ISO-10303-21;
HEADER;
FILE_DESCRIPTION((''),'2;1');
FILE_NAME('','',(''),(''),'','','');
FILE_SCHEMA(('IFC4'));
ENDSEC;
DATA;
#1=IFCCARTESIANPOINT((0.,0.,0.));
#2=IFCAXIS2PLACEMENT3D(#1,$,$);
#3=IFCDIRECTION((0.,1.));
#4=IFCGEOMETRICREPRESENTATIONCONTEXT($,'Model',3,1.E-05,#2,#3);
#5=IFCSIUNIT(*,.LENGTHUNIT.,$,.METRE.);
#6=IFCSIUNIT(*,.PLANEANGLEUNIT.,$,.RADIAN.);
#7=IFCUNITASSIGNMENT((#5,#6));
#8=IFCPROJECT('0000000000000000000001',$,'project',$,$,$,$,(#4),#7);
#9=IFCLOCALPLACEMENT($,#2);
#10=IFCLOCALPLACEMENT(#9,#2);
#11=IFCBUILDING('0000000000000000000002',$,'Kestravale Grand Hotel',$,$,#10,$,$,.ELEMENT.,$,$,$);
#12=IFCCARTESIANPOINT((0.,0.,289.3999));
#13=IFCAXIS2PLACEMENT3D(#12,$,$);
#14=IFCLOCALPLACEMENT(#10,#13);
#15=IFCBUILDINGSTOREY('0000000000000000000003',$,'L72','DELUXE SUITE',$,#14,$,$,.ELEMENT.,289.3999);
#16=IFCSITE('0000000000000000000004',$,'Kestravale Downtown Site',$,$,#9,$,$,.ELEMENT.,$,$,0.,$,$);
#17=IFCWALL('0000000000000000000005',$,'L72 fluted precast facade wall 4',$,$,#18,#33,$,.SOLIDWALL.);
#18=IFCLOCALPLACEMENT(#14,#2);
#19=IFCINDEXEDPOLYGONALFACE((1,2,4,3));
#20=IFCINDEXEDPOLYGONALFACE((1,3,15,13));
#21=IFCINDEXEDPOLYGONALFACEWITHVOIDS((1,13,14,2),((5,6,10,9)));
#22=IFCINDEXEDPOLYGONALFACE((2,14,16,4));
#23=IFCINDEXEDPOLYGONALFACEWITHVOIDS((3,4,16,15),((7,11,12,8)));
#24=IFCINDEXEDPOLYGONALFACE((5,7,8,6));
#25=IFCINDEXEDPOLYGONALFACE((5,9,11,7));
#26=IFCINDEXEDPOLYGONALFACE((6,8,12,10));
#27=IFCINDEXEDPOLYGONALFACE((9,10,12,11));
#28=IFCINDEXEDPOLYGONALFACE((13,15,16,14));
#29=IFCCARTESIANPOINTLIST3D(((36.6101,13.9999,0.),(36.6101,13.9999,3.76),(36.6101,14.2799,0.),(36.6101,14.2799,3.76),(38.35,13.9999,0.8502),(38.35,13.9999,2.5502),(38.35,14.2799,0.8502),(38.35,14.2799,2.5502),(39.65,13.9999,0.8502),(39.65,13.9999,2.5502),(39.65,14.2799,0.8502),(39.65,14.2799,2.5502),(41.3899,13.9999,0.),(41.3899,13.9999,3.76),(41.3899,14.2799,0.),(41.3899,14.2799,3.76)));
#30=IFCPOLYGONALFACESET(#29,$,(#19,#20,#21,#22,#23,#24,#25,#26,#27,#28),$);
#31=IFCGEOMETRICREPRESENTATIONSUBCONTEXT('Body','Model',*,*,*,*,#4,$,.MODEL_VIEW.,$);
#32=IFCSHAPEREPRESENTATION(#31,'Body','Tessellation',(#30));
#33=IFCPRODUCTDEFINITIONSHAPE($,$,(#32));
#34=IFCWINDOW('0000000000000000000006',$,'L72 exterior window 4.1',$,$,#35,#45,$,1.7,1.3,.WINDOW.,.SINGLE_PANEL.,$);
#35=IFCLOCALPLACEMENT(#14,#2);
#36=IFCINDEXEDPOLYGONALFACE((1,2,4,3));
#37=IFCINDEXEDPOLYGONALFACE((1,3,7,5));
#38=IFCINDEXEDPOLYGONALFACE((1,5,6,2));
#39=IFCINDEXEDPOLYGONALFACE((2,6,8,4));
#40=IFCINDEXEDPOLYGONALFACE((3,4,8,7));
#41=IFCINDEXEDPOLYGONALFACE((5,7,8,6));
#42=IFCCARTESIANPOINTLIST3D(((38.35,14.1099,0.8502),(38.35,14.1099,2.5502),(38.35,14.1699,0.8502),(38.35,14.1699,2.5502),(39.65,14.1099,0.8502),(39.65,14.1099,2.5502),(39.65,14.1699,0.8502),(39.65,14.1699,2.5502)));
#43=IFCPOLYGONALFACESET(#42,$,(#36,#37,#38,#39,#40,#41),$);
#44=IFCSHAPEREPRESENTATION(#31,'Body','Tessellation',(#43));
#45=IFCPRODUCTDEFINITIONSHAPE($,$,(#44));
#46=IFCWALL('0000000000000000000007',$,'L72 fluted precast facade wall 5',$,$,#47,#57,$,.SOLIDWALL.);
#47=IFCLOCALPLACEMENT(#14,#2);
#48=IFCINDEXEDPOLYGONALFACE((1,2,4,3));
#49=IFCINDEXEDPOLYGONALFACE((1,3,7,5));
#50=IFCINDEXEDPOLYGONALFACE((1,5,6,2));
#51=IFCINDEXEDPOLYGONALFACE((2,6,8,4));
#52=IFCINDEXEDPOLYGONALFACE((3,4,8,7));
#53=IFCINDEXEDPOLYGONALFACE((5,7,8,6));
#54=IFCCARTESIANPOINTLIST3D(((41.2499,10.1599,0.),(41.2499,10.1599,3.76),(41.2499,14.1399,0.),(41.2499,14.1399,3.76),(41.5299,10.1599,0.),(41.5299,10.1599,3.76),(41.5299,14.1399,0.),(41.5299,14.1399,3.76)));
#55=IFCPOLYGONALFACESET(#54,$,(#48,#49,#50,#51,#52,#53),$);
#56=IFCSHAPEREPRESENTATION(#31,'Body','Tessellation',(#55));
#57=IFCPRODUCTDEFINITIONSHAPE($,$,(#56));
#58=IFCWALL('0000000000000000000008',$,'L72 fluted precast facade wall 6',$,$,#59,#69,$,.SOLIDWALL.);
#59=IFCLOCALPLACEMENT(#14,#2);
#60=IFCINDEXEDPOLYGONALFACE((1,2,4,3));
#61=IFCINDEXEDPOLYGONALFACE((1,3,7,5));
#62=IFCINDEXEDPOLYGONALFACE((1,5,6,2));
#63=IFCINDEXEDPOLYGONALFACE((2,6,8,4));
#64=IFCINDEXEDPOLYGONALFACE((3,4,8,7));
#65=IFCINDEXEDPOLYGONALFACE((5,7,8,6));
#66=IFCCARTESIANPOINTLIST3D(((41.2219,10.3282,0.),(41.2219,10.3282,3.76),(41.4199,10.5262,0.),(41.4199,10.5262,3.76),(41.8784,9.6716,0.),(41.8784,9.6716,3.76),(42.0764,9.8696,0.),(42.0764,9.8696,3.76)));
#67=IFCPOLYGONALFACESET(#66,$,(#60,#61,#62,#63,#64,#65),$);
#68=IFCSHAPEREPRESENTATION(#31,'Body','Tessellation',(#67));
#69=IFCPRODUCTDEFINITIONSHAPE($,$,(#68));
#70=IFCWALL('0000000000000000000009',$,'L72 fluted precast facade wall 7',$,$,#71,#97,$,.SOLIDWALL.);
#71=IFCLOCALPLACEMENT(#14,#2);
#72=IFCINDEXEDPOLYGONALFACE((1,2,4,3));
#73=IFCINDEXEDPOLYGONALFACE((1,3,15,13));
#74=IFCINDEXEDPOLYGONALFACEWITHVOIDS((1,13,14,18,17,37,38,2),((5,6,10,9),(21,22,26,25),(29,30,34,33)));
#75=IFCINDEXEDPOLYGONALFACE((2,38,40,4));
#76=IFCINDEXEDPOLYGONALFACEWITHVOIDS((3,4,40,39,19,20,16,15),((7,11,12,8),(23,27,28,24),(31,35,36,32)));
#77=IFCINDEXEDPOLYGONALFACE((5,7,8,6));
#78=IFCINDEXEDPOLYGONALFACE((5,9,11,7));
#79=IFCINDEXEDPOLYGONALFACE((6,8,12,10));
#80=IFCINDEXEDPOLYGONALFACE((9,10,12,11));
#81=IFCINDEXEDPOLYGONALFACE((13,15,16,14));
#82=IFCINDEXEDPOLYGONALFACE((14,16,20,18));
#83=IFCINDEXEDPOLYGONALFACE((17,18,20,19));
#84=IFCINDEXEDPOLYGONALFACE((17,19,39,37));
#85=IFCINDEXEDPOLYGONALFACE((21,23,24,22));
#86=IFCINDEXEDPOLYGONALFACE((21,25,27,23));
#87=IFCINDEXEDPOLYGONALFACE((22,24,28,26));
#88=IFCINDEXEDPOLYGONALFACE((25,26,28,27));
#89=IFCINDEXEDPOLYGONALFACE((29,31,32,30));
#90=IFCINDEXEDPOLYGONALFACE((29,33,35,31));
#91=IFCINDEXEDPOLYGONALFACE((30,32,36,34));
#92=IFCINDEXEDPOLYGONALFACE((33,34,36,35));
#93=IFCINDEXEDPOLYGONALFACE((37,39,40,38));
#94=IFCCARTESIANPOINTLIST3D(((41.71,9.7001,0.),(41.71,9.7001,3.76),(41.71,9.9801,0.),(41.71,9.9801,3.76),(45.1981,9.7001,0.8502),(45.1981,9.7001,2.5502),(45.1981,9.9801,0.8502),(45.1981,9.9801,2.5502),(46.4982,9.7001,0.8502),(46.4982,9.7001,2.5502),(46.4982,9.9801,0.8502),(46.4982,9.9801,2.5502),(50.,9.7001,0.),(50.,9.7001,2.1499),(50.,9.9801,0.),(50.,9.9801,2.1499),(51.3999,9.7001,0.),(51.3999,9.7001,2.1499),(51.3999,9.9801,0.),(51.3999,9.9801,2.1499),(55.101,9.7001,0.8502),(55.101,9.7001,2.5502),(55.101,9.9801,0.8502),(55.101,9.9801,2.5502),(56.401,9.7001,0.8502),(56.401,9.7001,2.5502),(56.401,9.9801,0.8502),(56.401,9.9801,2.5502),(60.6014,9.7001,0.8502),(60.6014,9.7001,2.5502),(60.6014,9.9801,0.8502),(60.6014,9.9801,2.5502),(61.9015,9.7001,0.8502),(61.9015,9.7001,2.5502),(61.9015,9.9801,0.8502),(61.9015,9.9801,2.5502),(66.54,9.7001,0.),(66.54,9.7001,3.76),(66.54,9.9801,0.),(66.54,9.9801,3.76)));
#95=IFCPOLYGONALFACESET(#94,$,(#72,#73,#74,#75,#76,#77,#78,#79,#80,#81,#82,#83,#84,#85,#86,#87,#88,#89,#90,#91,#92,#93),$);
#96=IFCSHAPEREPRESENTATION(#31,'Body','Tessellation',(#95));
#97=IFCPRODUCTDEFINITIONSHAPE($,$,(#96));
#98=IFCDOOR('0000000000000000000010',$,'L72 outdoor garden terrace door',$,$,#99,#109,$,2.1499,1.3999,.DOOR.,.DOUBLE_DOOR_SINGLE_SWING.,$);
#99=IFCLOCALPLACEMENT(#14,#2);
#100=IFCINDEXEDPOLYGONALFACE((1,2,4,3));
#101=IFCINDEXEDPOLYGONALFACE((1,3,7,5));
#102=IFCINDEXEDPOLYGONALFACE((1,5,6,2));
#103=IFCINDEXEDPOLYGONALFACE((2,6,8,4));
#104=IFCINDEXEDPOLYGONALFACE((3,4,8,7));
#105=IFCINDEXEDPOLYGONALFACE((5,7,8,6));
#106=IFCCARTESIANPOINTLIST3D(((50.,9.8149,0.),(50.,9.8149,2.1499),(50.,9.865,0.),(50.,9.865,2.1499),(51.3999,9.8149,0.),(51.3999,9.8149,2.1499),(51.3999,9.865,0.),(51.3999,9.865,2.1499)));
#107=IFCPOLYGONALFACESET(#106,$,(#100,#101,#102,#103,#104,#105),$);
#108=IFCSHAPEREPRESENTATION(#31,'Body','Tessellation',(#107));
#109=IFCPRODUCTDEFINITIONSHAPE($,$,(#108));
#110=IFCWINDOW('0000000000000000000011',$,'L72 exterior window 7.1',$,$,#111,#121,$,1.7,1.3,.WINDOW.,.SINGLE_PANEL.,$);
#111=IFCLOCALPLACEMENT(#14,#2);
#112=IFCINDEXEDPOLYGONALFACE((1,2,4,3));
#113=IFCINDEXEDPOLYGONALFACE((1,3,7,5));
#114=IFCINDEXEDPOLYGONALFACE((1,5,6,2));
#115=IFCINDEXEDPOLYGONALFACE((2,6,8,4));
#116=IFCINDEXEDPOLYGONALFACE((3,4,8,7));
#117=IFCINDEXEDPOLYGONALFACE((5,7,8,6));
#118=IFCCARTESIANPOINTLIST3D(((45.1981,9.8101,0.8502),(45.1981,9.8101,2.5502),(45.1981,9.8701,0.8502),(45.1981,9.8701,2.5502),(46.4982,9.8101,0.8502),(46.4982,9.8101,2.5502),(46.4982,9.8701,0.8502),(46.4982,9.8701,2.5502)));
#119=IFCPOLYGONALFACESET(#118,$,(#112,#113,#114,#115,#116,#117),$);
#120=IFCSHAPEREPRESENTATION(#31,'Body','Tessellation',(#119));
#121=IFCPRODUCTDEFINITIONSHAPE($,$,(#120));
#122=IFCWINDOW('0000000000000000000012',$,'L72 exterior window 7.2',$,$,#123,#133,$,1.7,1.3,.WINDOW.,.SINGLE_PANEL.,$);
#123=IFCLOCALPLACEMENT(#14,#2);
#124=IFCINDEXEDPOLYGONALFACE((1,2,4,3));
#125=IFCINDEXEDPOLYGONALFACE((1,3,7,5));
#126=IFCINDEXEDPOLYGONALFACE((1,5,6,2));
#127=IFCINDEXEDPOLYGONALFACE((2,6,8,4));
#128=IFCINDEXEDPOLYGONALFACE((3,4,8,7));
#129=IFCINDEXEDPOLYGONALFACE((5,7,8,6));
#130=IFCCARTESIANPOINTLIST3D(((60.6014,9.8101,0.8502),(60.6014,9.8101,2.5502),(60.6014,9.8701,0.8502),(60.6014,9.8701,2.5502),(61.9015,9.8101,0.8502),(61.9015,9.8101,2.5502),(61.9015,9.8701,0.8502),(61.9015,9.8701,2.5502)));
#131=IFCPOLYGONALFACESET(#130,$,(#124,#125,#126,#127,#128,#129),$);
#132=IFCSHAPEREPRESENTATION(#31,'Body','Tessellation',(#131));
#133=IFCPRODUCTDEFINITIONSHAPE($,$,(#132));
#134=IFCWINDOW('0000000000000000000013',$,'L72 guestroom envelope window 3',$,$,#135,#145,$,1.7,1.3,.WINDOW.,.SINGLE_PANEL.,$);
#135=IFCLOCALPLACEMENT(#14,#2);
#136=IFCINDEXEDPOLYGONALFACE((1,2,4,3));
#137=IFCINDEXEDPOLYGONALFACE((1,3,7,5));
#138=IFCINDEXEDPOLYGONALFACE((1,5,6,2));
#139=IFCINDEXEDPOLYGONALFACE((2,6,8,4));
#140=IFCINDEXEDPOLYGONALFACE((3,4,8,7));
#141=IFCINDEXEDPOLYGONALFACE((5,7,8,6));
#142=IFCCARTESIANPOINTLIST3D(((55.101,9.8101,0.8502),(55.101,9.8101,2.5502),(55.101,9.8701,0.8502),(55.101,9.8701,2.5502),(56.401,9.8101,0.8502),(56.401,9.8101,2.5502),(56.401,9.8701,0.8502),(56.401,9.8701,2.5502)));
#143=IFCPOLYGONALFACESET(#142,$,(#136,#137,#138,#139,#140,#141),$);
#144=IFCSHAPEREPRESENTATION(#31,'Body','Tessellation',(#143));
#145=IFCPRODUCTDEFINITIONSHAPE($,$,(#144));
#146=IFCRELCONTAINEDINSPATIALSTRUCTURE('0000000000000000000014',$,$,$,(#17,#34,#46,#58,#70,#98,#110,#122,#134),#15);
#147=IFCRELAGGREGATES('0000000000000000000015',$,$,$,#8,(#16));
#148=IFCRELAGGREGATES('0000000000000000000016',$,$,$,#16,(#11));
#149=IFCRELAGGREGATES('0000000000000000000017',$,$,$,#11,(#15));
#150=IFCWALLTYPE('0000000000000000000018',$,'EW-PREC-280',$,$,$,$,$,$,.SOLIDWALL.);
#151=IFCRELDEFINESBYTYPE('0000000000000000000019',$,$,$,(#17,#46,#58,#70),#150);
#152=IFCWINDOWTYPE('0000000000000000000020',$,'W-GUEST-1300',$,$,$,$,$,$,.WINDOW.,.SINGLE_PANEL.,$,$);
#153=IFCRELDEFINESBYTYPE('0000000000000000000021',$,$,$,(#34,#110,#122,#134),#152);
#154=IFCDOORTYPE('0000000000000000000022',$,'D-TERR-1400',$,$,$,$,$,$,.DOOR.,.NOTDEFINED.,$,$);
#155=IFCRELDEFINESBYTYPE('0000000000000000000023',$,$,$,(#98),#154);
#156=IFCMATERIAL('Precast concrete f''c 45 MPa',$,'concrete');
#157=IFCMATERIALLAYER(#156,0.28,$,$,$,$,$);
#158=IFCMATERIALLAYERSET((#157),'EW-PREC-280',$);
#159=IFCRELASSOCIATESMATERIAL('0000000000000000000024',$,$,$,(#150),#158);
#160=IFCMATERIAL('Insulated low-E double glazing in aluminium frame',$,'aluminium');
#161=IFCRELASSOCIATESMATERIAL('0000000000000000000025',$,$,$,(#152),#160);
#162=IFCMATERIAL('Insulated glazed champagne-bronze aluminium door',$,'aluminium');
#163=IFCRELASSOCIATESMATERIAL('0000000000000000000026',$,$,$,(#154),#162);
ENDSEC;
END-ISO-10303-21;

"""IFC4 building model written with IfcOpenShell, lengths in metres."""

from ifc_helpers import new_model, si_unit, direction, frame, frame_2d, origin, place, context, subcontext, project, spatial, rectangle, extrude, material, layer, layer_set, type_object, element, fill, save


model = new_model("IFC4")

# Units and contexts
model_context = context("Model", 3, precision=1e-05, world=origin(), true_north=direction((0.0, 1.0)))
body_context = subcontext(model_context, "Body", "Model", "MODEL_VIEW")
ifc_project = project(units=[si_unit("LENGTHUNIT", "METRE"), si_unit("PLANEANGLEUNIT", "RADIAN")], contexts=[model_context])

# Site, building, storey
site_placement = place(None, origin())
site = spatial("IfcSite", under=ifc_project, at=site_placement, Name="Kestravale Downtown Site", CompositionType="ELEMENT", RefElevation=0.0)
building_placement = place(site_placement, origin())
building = spatial("IfcBuilding", under=site, at=building_placement, Name="Kestravale Grand Hotel", CompositionType="ELEMENT")
storey_placement = place(building_placement, frame((0.0, 0.0, 289.3999)))
storey = spatial("IfcBuildingStorey", under=building, at=storey_placement, Name="L72", Description="DELUXE SUITE", CompositionType="ELEMENT", Elevation=289.3999)

# Wall, opening, window
ifc_material_1 = material(Name="Precast concrete f'c 45 MPa", Category="concrete")
ifc_layer_1 = layer(ifc_material_1, 0.28)
ifc_layer_set_1 = layer_set([ifc_layer_1], Name="EW-PREC-280")
wall_type_1 = type_object("IfcWallType", Name="EW-PREC-280", PredefinedType="SOLIDWALL", material=ifc_layer_set_1)
wall_1_placement = place(storey_placement, frame((36.6101, 14.1399, 0.0), z_axis=(0.0, 0.0, 1.0), x_axis=(1.0, 0.0, 0.0)))
wall_1 = element("IfcWall", 1, at=wall_1_placement, inside=storey, type_object=wall_type_1, Name="L72 fluted precast facade wall 4", PredefinedType="SOLIDWALL", context=body_context, shape_type="SweptSolid", body=[
    extrude(rectangle(XDim=4.7798, YDim=0.28, at=frame_2d((2.3899, 0.0))), origin(), (0.0, 0.0, 1.0), 3.76),
])
opening_1_placement = place(wall_1_placement, frame((1.74, 0.0, 0.8501)))
opening_1 = element("IfcOpeningElement", 2, at=opening_1_placement, cuts=wall_1, PredefinedType="OPENING", context=body_context, shape_type="SweptSolid", body=[
    extrude(rectangle(XDim=1.3, YDim=1.7, at=frame_2d((0.6499, 0.8501))), frame((0.0, 0.1499, 0.0), z_axis=(0.0, -1.0, 0.0), x_axis=(1.0, 0.0, 0.0)), (0.0, 0.0, 1.0), 0.3),
])
ifc_material_2 = material(Name="Insulated low-E double glazing in aluminium frame", Category="aluminium")
window_type = type_object("IfcWindowType", Name="W-GUEST-1300", PartitioningType="SINGLE_PANEL", PredefinedType="WINDOW", material=ifc_material_2)
window_1_placement = place(opening_1_placement, origin())
window_1 = element("IfcWindow", 3, at=window_1_placement, inside=storey, type_object=window_type, Name="L72 exterior window 4.1", OverallHeight=1.7, OverallWidth=1.3, PartitioningType="SINGLE_PANEL", PredefinedType="WINDOW", context=body_context, shape_type="SweptSolid", body=[
    extrude(rectangle(XDim=1.3, YDim=1.7, at=frame_2d((0.6499, 0.8501))), frame((0.0, 0.03, 0.0), z_axis=(0.0, -1.0, 0.0), x_axis=(1.0, 0.0, 0.0)), (0.0, 0.0, 1.0), 0.0601),
])
fill(opening_1, window_1)

# Walls
wall_2_placement = place(storey_placement, frame((41.3899, 14.1399, 0.0), z_axis=(0.0, 0.0, 1.0), x_axis=(0.0, -1.0, 0.0)))
element("IfcWall", 4, at=wall_2_placement, inside=storey, type_object=wall_type_1, Name="L72 fluted precast facade wall 5", PredefinedType="SOLIDWALL", context=body_context, shape_type="SweptSolid", body=[
    extrude(rectangle(XDim=3.98, YDim=0.28, at=frame_2d((1.99, 0.0))), origin(), (0.0, 0.0, 1.0), 3.76),
])
wall_3_placement = place(storey_placement, frame((41.3208, 10.4272, 0.0), z_axis=(0.0, 0.0, 1.0), x_axis=(0.707107, -0.707107, 0.0)))
element("IfcWall", 5, at=wall_3_placement, inside=storey, type_object=wall_type_1, Name="L72 fluted precast facade wall 6", PredefinedType="SOLIDWALL", context=body_context, shape_type="SweptSolid", body=[
    extrude(rectangle(XDim=0.9285, YDim=0.28, at=frame_2d((0.4644, 0.0))), origin(), (0.0, 0.0, 1.0), 3.76),
])

# Wall, openings, door, windows
wall_4_placement = place(storey_placement, frame((41.71, 9.8401, 0.0), z_axis=(0.0, 0.0, 1.0), x_axis=(1.0, 0.0, 0.0)))
wall_4 = element("IfcWall", 6, at=wall_4_placement, inside=storey, type_object=wall_type_1, Name="L72 fluted precast facade wall 7", PredefinedType="SOLIDWALL", context=body_context, shape_type="SweptSolid", body=[
    extrude(rectangle(XDim=24.8301, YDim=0.28, at=frame_2d((12.415, 0.0))), origin(), (0.0, 0.0, 1.0), 3.76),
])
opening_2_placement = place(wall_4_placement, frame((8.29, 0.0, 0.0)))
opening_2 = element("IfcOpeningElement", 7, at=opening_2_placement, cuts=wall_4, PredefinedType="OPENING", context=body_context, shape_type="SweptSolid", body=[
    extrude(rectangle(XDim=1.3999, YDim=2.1499, at=frame_2d((0.7, 1.075))), frame((0.0, 0.1499, 0.0), z_axis=(0.0, -1.0, 0.0), x_axis=(1.0, 0.0, 0.0)), (0.0, 0.0, 1.0), 0.3),
])
opening_3_placement = place(wall_4_placement, frame((3.4883, 0.0, 0.8501)))
opening_3 = element("IfcOpeningElement", 8, at=opening_3_placement, cuts=wall_4, PredefinedType="OPENING", context=body_context, shape_type="SweptSolid", body=[
    extrude(rectangle(XDim=1.3, YDim=1.7, at=frame_2d((0.6499, 0.8501))), frame((0.0, 0.1499, 0.0), z_axis=(0.0, -1.0, 0.0), x_axis=(1.0, 0.0, 0.0)), (0.0, 0.0, 1.0), 0.3),
])
opening_4_placement = place(wall_4_placement, frame((18.8916, 0.0, 0.8501)))
opening_4 = element("IfcOpeningElement", 9, at=opening_4_placement, cuts=wall_4, PredefinedType="OPENING", context=body_context, shape_type="SweptSolid", body=[
    extrude(rectangle(XDim=1.3, YDim=1.7, at=frame_2d((0.6499, 0.8501))), frame((0.0, 0.1499, 0.0), z_axis=(0.0, -1.0, 0.0), x_axis=(1.0, 0.0, 0.0)), (0.0, 0.0, 1.0), 0.3),
])
opening_5_placement = place(wall_4_placement, frame((13.3911, 0.0, 0.8501)))
opening_5 = element("IfcOpeningElement", 10, at=opening_5_placement, cuts=wall_4, PredefinedType="OPENING", context=body_context, shape_type="SweptSolid", body=[
    extrude(rectangle(XDim=1.3, YDim=1.7, at=frame_2d((0.6499, 0.8501))), frame((0.0, 0.1499, 0.0), z_axis=(0.0, -1.0, 0.0), x_axis=(1.0, 0.0, 0.0)), (0.0, 0.0, 1.0), 0.3),
])
ifc_material_3 = material(Name="Insulated glazed champagne-bronze aluminium door", Category="aluminium")
door_type_1 = type_object("IfcDoorType", Name="D-TERR-1400", OperationType="NOTDEFINED", PredefinedType="DOOR", material=ifc_material_3)
door_1_placement = place(opening_2_placement, origin())
door_1 = element("IfcDoor", 11, at=door_1_placement, inside=storey, type_object=door_type_1, Name="L72 outdoor garden terrace door", OperationType="DOUBLE_DOOR_SINGLE_SWING", OverallHeight=2.1499, OverallWidth=1.3999, PredefinedType="DOOR", context=body_context, shape_type="SweptSolid", body=[
    extrude(rectangle(XDim=1.3999, YDim=2.1499, at=frame_2d((0.7, 1.075))), frame((0.0, 0.0249, 0.0), z_axis=(0.0, -1.0, 0.0), x_axis=(1.0, 0.0, 0.0)), (0.0, 0.0, 1.0), 0.05),
])
fill(opening_2, door_1)
window_2_placement = place(opening_3_placement, origin())
window_2 = element("IfcWindow", 12, at=window_2_placement, inside=storey, type_object=window_type, Name="L72 exterior window 7.1", OverallHeight=1.7, OverallWidth=1.3, PartitioningType="SINGLE_PANEL", PredefinedType="WINDOW", context=body_context, shape_type="SweptSolid", body=[
    extrude(rectangle(XDim=1.3, YDim=1.7, at=frame_2d((0.6499, 0.8501))), frame((0.0, 0.03, 0.0), z_axis=(0.0, -1.0, 0.0), x_axis=(1.0, 0.0, 0.0)), (0.0, 0.0, 1.0), 0.0601),
])
fill(opening_3, window_2)
window_3_placement = place(opening_4_placement, origin())
window_3 = element("IfcWindow", 13, at=window_3_placement, inside=storey, type_object=window_type, Name="L72 exterior window 7.2", OverallHeight=1.7, OverallWidth=1.3, PartitioningType="SINGLE_PANEL", PredefinedType="WINDOW", context=body_context, shape_type="SweptSolid", body=[
    extrude(rectangle(XDim=1.3, YDim=1.7, at=frame_2d((0.6499, 0.8501))), frame((0.0, 0.03, 0.0), z_axis=(0.0, -1.0, 0.0), x_axis=(1.0, 0.0, 0.0)), (0.0, 0.0, 1.0), 0.0601),
])
fill(opening_4, window_3)
window_4_placement = place(opening_5_placement, origin())
window_4 = element("IfcWindow", 14, at=window_4_placement, inside=storey, type_object=window_type, Name="L72 guestroom envelope window 3", OverallHeight=1.7, OverallWidth=1.3, PartitioningType="SINGLE_PANEL", PredefinedType="WINDOW", context=body_context, shape_type="SweptSolid", body=[
    extrude(rectangle(XDim=1.3, YDim=1.7, at=frame_2d((0.6499, 0.8501))), frame((0.0, 0.03, 0.0), z_axis=(0.0, -1.0, 0.0), x_axis=(1.0, 0.0, 0.0)), (0.0, 0.0, 1.0), 0.0601),
])
fill(opening_5, window_4)

save(model, "model.ifc")
